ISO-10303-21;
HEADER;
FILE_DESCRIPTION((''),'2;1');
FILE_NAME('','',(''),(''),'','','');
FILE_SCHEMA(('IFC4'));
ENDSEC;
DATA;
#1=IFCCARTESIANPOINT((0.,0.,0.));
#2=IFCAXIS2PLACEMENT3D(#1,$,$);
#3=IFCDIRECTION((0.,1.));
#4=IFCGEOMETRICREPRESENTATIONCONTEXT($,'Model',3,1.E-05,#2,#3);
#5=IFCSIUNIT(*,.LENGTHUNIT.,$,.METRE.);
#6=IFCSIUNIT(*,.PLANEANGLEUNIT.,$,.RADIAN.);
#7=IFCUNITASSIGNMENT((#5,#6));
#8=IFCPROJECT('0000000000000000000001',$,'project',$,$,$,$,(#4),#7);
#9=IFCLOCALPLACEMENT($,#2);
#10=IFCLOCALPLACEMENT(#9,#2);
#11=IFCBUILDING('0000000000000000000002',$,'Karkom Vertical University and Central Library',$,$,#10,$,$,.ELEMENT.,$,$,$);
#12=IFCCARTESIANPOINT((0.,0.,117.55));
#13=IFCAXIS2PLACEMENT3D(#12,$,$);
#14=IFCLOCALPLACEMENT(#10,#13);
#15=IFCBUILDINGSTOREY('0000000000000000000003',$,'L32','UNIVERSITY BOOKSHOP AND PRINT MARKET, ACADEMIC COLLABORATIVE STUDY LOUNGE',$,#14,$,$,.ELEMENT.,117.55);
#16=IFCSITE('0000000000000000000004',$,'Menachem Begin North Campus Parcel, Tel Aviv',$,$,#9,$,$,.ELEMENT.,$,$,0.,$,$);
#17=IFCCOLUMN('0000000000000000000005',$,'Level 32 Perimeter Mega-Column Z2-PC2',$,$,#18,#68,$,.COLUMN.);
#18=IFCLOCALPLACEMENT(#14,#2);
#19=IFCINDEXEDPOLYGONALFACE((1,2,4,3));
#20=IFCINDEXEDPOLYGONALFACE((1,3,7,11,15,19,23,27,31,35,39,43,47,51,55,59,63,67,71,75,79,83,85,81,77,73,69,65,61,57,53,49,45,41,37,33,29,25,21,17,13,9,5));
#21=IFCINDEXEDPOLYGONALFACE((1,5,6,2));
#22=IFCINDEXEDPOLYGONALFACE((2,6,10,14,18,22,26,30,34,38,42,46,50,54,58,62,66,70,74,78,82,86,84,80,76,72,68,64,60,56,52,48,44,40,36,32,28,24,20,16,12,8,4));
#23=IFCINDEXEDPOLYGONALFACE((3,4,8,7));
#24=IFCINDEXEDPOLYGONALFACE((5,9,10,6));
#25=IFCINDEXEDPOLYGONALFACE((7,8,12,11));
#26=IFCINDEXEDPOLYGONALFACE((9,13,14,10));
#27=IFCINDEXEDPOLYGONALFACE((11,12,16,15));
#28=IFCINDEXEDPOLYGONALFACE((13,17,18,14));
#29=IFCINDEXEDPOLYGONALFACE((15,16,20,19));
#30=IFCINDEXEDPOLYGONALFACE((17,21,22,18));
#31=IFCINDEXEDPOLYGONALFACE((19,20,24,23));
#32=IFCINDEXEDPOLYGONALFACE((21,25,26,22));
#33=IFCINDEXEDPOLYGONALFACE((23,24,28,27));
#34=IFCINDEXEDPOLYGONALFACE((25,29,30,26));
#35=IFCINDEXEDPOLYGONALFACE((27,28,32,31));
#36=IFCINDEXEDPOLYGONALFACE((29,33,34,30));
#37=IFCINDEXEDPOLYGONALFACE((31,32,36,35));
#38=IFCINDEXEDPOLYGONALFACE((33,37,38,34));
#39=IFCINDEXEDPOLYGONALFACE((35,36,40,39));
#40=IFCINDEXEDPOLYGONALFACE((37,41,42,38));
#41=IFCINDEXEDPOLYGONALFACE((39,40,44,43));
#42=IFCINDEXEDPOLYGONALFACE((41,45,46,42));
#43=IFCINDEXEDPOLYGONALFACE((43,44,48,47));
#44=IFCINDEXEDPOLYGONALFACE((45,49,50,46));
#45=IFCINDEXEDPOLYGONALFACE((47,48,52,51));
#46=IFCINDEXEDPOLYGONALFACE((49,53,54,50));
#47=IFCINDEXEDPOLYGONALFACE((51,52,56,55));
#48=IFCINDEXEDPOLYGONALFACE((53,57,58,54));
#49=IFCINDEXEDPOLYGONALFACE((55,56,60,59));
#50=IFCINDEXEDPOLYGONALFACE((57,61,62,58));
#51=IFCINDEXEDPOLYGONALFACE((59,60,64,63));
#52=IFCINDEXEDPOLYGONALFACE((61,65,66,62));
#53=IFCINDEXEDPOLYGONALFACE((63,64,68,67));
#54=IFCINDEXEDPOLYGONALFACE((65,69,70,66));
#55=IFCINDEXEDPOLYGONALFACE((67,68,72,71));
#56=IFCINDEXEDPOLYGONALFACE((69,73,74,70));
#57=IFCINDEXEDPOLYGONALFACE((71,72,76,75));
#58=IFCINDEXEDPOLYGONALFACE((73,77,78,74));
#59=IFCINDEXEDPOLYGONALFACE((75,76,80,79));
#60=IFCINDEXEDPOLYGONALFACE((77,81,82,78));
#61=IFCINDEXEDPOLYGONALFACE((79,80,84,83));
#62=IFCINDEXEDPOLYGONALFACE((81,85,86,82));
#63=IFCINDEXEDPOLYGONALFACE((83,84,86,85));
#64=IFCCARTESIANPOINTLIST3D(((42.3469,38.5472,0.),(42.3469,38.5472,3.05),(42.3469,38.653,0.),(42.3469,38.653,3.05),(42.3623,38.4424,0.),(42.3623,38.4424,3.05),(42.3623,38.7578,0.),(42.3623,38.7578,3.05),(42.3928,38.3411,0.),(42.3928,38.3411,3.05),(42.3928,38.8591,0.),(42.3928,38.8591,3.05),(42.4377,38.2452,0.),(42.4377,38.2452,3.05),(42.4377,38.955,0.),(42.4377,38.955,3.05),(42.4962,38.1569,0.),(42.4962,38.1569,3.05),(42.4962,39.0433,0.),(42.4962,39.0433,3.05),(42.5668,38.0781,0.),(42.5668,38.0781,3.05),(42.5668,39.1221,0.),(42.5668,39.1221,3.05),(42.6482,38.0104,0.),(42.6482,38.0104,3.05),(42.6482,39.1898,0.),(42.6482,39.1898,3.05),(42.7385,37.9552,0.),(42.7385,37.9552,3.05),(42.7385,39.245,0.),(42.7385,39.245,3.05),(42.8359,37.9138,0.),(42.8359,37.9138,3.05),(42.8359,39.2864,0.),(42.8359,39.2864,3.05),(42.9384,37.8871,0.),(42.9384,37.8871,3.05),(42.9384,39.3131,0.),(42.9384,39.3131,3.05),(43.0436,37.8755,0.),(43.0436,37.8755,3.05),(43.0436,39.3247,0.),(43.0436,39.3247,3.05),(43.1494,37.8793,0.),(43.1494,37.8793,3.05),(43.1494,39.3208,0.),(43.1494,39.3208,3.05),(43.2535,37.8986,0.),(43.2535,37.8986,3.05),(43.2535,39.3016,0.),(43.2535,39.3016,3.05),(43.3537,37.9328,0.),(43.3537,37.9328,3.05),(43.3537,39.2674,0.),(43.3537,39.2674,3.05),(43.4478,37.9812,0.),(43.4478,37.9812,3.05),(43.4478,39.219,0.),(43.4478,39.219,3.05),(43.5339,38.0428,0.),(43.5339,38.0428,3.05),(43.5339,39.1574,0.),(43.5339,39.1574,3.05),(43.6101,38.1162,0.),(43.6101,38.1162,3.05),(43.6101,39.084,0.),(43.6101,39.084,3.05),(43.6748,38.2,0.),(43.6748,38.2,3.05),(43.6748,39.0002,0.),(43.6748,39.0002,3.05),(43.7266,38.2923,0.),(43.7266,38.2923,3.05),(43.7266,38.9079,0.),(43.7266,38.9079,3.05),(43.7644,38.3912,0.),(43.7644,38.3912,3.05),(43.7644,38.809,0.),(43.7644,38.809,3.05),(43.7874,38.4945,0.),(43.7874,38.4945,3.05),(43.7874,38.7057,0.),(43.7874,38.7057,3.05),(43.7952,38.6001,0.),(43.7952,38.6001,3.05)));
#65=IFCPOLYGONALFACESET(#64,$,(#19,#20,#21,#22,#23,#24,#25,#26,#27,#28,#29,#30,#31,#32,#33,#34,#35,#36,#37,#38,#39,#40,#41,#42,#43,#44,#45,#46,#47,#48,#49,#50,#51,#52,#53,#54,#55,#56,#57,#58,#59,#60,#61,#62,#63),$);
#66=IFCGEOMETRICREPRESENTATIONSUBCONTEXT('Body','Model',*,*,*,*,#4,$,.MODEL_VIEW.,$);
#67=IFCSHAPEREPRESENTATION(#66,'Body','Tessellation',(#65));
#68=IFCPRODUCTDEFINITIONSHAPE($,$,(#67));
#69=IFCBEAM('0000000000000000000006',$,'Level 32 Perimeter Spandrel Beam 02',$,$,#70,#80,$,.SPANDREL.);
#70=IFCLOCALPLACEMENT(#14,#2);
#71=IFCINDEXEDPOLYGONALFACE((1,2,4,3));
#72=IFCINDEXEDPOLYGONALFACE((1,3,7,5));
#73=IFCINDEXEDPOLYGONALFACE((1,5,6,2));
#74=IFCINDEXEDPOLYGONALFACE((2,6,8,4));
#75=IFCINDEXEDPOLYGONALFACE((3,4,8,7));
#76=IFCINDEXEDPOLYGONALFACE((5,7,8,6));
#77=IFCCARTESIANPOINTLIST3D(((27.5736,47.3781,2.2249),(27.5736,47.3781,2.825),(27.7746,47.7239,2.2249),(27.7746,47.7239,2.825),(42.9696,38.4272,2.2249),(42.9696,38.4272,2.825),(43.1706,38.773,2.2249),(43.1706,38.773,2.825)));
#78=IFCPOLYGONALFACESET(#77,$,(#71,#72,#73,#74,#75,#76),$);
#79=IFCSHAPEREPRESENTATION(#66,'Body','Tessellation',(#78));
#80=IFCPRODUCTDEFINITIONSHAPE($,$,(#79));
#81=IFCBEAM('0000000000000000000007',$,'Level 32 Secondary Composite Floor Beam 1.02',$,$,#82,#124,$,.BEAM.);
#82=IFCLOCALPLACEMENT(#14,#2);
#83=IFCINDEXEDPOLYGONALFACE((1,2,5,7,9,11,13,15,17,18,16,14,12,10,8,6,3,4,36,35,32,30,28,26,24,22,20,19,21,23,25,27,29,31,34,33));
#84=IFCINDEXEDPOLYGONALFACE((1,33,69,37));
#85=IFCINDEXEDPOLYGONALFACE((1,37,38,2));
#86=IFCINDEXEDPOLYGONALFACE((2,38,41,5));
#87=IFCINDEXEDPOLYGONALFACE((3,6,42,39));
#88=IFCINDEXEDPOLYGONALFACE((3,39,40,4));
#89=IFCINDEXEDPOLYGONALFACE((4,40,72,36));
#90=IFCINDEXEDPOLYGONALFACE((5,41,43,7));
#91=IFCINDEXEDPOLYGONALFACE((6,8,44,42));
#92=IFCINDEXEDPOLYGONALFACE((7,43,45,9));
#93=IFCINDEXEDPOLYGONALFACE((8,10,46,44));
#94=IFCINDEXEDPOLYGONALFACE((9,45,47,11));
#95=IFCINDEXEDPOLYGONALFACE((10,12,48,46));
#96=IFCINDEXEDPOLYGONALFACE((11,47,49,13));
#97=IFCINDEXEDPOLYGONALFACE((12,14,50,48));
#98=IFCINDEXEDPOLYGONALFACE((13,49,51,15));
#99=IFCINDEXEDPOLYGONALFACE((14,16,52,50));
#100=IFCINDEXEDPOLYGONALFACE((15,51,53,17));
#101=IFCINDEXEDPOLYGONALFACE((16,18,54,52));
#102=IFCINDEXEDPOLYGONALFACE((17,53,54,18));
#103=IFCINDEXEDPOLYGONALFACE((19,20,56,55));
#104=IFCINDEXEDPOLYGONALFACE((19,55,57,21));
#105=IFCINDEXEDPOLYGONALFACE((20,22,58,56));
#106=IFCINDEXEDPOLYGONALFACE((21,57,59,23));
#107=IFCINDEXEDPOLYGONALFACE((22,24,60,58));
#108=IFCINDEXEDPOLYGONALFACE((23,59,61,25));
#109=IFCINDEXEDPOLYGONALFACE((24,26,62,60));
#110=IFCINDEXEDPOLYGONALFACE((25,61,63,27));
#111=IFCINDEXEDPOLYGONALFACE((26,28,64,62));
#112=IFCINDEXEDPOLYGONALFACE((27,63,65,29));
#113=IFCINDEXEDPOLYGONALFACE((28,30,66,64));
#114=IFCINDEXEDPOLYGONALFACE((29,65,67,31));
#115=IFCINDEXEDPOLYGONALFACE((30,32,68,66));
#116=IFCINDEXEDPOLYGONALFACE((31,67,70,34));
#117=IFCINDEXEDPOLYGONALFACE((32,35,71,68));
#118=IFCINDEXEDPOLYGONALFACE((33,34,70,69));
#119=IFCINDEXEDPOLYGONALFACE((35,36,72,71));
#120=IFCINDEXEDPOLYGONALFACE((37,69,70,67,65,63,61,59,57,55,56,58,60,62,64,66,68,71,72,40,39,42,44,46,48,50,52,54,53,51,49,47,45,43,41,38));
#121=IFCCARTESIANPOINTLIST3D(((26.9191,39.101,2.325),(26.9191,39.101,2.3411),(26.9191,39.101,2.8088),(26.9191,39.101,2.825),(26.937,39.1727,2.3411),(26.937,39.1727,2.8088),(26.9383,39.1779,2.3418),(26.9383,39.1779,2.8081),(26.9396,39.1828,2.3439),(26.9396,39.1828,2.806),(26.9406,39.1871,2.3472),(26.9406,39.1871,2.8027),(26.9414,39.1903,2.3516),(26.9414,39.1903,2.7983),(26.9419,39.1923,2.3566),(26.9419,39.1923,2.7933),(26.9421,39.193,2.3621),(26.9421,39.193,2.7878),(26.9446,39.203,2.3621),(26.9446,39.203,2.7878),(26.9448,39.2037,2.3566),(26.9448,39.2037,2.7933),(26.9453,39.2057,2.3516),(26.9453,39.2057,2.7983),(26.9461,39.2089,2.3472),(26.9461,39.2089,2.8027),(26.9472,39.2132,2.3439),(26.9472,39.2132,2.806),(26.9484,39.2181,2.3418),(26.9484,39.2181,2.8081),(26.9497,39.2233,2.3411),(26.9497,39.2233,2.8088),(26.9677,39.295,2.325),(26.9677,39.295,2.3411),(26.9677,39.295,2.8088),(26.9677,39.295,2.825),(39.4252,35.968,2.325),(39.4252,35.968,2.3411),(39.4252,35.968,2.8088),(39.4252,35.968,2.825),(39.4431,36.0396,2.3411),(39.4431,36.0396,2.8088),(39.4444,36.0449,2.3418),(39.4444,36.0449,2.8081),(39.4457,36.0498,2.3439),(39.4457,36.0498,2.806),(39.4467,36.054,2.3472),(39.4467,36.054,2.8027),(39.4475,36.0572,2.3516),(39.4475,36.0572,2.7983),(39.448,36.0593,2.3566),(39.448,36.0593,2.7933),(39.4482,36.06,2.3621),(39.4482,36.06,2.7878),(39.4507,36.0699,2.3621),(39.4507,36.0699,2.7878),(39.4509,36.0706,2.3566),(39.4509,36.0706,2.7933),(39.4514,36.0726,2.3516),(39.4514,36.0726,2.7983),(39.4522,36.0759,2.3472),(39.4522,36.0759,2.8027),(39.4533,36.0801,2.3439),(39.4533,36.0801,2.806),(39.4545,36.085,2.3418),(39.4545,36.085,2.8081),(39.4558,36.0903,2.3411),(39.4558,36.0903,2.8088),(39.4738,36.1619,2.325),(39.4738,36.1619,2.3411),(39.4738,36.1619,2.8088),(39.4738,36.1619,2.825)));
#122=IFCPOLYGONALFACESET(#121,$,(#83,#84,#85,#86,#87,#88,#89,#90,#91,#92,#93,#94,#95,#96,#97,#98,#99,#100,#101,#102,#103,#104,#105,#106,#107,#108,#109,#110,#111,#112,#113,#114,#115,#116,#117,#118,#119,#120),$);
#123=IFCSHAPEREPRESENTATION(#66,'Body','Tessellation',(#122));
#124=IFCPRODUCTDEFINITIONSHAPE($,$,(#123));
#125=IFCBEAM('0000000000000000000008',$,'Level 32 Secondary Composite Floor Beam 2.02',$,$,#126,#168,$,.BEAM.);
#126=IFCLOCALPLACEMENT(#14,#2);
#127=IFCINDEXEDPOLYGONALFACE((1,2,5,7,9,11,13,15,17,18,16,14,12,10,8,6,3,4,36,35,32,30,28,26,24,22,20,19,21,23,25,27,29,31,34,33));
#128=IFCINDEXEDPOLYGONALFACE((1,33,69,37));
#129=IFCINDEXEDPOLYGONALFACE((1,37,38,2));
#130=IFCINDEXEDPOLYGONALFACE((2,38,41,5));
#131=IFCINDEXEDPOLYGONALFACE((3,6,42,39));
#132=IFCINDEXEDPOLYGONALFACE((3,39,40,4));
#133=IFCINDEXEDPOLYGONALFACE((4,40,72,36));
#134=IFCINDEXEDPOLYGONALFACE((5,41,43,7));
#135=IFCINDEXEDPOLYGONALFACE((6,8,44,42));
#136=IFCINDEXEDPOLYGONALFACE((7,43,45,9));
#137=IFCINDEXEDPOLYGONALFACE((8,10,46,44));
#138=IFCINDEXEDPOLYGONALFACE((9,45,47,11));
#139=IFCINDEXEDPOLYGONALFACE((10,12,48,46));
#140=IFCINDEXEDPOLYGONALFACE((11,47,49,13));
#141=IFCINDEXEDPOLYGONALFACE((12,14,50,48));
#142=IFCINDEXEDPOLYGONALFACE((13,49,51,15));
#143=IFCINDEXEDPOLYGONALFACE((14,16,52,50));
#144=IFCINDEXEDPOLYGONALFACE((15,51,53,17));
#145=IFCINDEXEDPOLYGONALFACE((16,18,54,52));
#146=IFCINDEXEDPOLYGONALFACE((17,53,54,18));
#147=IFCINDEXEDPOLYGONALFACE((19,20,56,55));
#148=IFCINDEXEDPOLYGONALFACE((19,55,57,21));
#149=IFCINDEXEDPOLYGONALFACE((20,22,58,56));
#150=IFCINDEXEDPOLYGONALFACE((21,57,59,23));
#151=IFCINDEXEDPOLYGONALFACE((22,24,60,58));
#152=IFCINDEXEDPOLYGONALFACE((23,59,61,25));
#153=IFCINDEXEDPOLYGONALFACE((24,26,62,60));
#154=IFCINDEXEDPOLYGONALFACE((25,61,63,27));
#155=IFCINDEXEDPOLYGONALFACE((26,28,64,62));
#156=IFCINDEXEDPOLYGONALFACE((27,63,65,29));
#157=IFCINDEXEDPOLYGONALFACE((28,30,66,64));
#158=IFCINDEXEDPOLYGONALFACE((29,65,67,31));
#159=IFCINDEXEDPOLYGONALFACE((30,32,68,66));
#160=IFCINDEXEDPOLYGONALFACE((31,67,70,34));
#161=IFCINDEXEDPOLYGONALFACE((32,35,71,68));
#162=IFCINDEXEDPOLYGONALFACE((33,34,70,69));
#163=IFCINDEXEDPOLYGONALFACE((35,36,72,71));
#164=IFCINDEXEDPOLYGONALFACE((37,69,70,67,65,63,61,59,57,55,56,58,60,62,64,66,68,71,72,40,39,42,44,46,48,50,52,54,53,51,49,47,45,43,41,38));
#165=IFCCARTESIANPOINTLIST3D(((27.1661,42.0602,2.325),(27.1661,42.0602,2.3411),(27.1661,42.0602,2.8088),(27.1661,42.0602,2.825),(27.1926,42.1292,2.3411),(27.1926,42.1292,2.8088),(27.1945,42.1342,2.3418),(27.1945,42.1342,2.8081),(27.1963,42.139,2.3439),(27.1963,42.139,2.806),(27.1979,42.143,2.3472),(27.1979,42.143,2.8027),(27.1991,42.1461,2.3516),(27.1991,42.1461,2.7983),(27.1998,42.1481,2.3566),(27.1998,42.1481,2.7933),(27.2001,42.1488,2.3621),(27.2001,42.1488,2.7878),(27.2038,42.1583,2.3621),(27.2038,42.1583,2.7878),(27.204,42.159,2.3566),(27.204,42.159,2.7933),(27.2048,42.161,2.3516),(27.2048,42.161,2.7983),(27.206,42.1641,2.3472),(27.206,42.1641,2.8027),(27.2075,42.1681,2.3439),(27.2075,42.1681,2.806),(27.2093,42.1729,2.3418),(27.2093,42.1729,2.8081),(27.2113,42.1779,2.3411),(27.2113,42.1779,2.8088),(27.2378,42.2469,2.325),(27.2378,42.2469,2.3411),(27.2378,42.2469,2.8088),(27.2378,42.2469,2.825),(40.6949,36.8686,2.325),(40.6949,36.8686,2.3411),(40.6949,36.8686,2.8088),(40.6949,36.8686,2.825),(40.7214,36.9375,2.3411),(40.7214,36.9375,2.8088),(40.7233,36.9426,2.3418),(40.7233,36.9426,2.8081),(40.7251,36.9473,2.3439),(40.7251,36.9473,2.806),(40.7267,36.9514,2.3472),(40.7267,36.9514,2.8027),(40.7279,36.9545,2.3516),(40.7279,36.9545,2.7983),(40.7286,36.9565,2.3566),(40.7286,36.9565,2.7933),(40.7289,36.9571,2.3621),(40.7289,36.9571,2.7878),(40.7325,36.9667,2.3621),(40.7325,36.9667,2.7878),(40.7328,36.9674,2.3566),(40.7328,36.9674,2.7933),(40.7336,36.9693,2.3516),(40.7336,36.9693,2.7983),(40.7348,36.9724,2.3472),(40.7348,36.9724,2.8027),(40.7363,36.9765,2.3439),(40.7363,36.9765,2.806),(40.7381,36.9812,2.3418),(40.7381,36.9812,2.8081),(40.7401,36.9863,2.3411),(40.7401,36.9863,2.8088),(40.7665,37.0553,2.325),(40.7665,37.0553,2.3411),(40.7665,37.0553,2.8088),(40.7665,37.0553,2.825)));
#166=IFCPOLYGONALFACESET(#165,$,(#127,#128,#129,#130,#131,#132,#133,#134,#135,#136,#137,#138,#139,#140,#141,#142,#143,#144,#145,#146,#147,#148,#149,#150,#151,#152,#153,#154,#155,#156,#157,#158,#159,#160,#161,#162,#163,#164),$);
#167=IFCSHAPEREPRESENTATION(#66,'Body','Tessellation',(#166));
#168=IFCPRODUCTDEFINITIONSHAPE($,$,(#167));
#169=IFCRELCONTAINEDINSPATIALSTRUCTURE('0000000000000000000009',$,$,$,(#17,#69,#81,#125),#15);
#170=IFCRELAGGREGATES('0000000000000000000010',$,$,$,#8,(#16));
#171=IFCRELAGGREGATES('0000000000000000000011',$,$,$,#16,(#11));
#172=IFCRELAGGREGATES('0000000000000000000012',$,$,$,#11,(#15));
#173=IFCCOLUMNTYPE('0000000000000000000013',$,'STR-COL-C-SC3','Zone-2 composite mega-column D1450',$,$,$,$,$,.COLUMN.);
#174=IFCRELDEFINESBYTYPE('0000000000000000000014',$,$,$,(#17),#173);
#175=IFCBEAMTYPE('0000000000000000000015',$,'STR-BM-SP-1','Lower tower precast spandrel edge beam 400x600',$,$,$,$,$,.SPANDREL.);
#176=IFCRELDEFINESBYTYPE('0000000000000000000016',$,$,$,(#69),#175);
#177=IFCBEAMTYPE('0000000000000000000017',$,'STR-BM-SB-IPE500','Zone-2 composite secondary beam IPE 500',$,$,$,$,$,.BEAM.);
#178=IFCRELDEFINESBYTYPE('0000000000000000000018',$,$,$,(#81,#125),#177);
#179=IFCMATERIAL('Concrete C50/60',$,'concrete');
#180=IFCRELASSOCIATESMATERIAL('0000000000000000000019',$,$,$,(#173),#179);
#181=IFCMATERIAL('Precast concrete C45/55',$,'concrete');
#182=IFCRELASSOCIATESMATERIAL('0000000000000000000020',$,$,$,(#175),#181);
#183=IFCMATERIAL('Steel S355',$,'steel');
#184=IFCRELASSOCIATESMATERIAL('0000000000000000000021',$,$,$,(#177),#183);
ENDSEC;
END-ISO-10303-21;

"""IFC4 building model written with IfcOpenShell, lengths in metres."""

from ifc_helpers import new_model, si_unit, direction, frame, origin, origin_with_axes, origin_2d, place, context, subcontext, project, spatial, rectangle, circle, i_section, extrude, source, transform, mapped, material, material_profile, profile_set, type_object, element, save


model = new_model("IFC4")

# Units and contexts
model_context = context("Model", 3, precision=1e-05, world=origin(), true_north=direction((0.0, 1.0)))
body_context = subcontext(model_context, "Body", "Model", "MODEL_VIEW")
ifc_project = project(units=[si_unit("LENGTHUNIT", "METRE"), si_unit("PLANEANGLEUNIT", "RADIAN")], contexts=[model_context])

# Site, building, storey
site_placement = place(None, origin())
site = spatial("IfcSite", under=ifc_project, at=site_placement, Name="Menachem Begin North Campus Parcel, Tel Aviv", CompositionType="ELEMENT", RefElevation=0.0)
building_placement = place(site_placement, origin())
building = spatial("IfcBuilding", under=site, at=building_placement, Name="Karkom Vertical University and Central Library", CompositionType="ELEMENT")
storey_placement = place(building_placement, frame((0.0, 0.0, 117.55)))
storey = spatial("IfcBuildingStorey", under=building, at=storey_placement, Name="L32", Description="UNIVERSITY BOOKSHOP AND PRINT MARKET, ACADEMIC COLLABORATIVE STUDY LOUNGE", CompositionType="ELEMENT", Elevation=117.55)

# Column
ifc_material_1 = material(Name="Concrete C50/60", Category="concrete")
ifc_material_profile_1 = material_profile(ifc_material_1, circle(Radius=0.7251, at=origin_2d()), Name="CFT-D1450")
ifc_profile_set_1 = profile_set([ifc_material_profile_1], Name="Concrete C50/60")
column_type = type_object("IfcColumnType", Name="STR-COL-C-SC3", Description="Zone-2 composite mega-column D1450", PredefinedType="COLUMN", material=ifc_profile_set_1)
shared_shape_1 = source(origin_with_axes(), body_context, "Body", "SweptSolid", [
    extrude(circle(Radius=0.7251, at=origin_2d()), origin(), (0.0, 0.0, 1.0), 3.05),
])
column_placement = place(storey_placement, frame((43.0701, 38.6001, 0.0), z_axis=(0.0, 0.0, 1.0), x_axis=(1.0, 0.0, 0.0)))
element("IfcColumn", 1, at=column_placement, inside=storey, type_object=column_type, Name="Level 32 Perimeter Mega-Column Z2-PC2", PredefinedType="COLUMN", context=body_context, shape_type="MappedRepresentation", body=[
    mapped(shared_shape_1, transform((0.0, 0.0, 0.0), scale=1.0)),
])

# Beams
ifc_material_2 = material(Name="Precast concrete C45/55", Category="concrete")
ifc_material_profile_2 = material_profile(ifc_material_2, rectangle(XDim=0.3999, YDim=0.6001, at=origin_2d()), Name="SPB-400x600")
ifc_profile_set_2 = profile_set([ifc_material_profile_2], Name="Precast concrete C45/55")
beam_type_1 = type_object("IfcBeamType", Name="STR-BM-SP-1", Description="Lower tower precast spandrel edge beam 400x600", PredefinedType="SPANDREL", material=ifc_profile_set_2)
shared_shape_2 = source(origin_with_axes(), body_context, "Body", "SweptSolid", [
    extrude(rectangle(XDim=0.3999, YDim=0.6001, at=origin_2d()), origin(), (0.0, 0.0, 1.0), 17.8088),
])
beam_1_placement = place(storey_placement, frame((43.0701, 38.6001, 2.5249), z_axis=(-0.864513, 0.502611, 0.0), x_axis=(-0.502611, -0.864513, 0.0)))
element("IfcBeam", 2, at=beam_1_placement, inside=storey, type_object=beam_type_1, Name="Level 32 Perimeter Spandrel Beam 02", PredefinedType="SPANDREL", context=body_context, shape_type="MappedRepresentation", body=[
    mapped(shared_shape_2, transform((0.0, 0.0, 0.0), scale=1.0)),
])
ifc_material_3 = material(Name="Steel S355", Category="steel")
ifc_material_profile_3 = material_profile(ifc_material_3, i_section(OverallWidth=0.2, OverallDepth=0.5, WebThickness=0.0103, FlangeThickness=0.0161, FilletRadius=0.021, at=origin_2d()), Name="IPE 500")
ifc_profile_set_3 = profile_set([ifc_material_profile_3], Name="Steel S355")
beam_type_2 = type_object("IfcBeamType", Name="STR-BM-SB-IPE500", Description="Zone-2 composite secondary beam IPE 500", PredefinedType="BEAM", material=ifc_profile_set_3)
shared_shape_3 = source(origin_with_axes(), body_context, "Body", "SweptSolid", [
    extrude(i_section(OverallWidth=0.2, OverallDepth=0.5, WebThickness=0.0103, FlangeThickness=0.0161, FilletRadius=0.021, at=origin_2d()), origin(), (0.0, 0.0, 1.0), 12.8926),
])
beam_2_placement = place(storey_placement, frame((39.4495, 36.0649, 2.575), z_axis=(-0.970023, 0.243012, 0.0), x_axis=(-0.243012, -0.970023, 0.0)))
element("IfcBeam", 3, at=beam_2_placement, inside=storey, type_object=beam_type_2, Name="Level 32 Secondary Composite Floor Beam 1.02", PredefinedType="BEAM", context=body_context, shape_type="MappedRepresentation", body=[
    mapped(shared_shape_3, transform((0.0, 0.0, 0.0), scale=1.0)),
])
shared_shape_4 = source(origin_with_axes(), body_context, "Body", "SweptSolid", [
    extrude(i_section(OverallWidth=0.2, OverallDepth=0.5, WebThickness=0.0103, FlangeThickness=0.0161, FilletRadius=0.021, at=origin_2d()), origin(), (0.0, 0.0, 1.0), 14.4907),
])
beam_3_placement = place(storey_placement, frame((40.7307, 36.9619, 2.575), z_axis=(-0.933617, 0.358273, 0.0), x_axis=(-0.358273, -0.933617, 0.0)))
element("IfcBeam", 4, at=beam_3_placement, inside=storey, type_object=beam_type_2, Name="Level 32 Secondary Composite Floor Beam 2.02", PredefinedType="BEAM", context=body_context, shape_type="MappedRepresentation", body=[
    mapped(shared_shape_4, transform((0.0, 0.0, 0.0), scale=1.0)),
])

save(model, "model.ifc")
